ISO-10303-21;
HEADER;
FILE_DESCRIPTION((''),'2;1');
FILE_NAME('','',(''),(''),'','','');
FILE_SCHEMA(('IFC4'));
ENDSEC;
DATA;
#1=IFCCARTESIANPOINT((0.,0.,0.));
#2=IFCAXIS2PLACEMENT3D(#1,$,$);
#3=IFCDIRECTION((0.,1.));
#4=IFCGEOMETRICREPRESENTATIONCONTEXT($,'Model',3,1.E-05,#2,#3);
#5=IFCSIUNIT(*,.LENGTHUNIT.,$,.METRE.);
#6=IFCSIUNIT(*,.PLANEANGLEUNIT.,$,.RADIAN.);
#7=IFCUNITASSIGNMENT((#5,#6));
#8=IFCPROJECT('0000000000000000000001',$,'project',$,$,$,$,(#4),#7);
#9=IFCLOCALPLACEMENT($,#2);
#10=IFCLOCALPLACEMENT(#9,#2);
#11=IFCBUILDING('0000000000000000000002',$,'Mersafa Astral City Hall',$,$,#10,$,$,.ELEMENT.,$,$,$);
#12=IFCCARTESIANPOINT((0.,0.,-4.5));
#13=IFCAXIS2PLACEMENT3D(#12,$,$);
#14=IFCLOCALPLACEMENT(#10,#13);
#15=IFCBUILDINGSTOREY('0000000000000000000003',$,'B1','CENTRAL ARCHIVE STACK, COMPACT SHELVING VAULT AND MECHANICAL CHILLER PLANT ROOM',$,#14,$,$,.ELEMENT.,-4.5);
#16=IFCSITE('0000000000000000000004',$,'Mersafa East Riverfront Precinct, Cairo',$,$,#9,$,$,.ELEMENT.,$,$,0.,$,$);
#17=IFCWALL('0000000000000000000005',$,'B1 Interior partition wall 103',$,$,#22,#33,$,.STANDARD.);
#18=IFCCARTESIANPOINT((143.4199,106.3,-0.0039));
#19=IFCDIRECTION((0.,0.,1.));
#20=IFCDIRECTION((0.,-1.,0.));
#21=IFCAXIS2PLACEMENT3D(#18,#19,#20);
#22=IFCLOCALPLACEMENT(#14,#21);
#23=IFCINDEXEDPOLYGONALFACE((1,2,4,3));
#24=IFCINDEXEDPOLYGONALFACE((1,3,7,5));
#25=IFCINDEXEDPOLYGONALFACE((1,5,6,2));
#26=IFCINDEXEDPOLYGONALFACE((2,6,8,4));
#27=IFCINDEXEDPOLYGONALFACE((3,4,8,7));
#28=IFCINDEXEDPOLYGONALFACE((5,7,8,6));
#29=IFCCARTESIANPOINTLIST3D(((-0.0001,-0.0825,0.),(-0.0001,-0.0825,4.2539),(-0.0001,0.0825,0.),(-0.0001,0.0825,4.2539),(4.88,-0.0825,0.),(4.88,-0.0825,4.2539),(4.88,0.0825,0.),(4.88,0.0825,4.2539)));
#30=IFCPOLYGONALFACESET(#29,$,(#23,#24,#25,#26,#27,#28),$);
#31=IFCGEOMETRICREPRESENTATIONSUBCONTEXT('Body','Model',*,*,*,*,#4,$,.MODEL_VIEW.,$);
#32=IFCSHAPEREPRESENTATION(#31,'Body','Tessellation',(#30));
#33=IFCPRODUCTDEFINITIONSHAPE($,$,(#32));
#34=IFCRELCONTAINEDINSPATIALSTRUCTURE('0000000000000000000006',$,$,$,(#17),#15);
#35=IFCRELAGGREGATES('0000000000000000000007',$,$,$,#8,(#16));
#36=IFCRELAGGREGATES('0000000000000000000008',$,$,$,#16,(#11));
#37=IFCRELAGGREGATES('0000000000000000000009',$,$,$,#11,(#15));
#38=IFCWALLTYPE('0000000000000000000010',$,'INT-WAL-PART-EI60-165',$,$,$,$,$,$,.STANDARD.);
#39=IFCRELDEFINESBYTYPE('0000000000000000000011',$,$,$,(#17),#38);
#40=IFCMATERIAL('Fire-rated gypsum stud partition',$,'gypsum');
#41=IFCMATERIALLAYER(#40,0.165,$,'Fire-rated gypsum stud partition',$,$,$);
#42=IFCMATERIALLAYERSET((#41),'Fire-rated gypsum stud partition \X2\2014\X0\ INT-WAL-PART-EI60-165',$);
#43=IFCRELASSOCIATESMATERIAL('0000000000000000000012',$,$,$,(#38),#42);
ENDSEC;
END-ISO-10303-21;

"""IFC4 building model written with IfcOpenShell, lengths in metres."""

from ifc_helpers import new_model, si_unit, direction, frame, frame_2d, origin, place, context, subcontext, project, spatial, rectangle, extrude, material, layer, layer_set, type_object, element, save


model = new_model("IFC4")

# Units and contexts
model_context = context("Model", 3, precision=1e-05, world=origin(), true_north=direction((0.0, 1.0)))
body_context = subcontext(model_context, "Body", "Model", "MODEL_VIEW")
ifc_project = project(units=[si_unit("LENGTHUNIT", "METRE"), si_unit("PLANEANGLEUNIT", "RADIAN")], contexts=[model_context])

# Site, building, storey
site_placement = place(None, origin())
site = spatial("IfcSite", under=ifc_project, at=site_placement, Name="Mersafa East Riverfront Precinct, Cairo", CompositionType="ELEMENT", RefElevation=0.0)
building_placement = place(site_placement, origin())
building = spatial("IfcBuilding", under=site, at=building_placement, Name="Mersafa Astral City Hall", CompositionType="ELEMENT")
storey_placement = place(building_placement, frame((0.0, 0.0, -4.5)))
storey = spatial("IfcBuildingStorey", under=building, at=storey_placement, Name="B1", Description="CENTRAL ARCHIVE STACK, COMPACT SHELVING VAULT AND MECHANICAL CHILLER PLANT ROOM", CompositionType="ELEMENT", Elevation=-4.5)

# Wall
ifc_material_1 = material(Name="Fire-rated gypsum stud partition", Category="gypsum")
ifc_layer_1 = layer(ifc_material_1, 0.165, Name="Fire-rated gypsum stud partition")
ifc_layer_set_1 = layer_set([ifc_layer_1], Name="Fire-rated gypsum stud partition — INT-WAL-PART-EI60-165")
wall_type_1 = type_object("IfcWallType", Name="INT-WAL-PART-EI60-165", PredefinedType="STANDARD", material=ifc_layer_set_1)
wall_1_placement = place(storey_placement, frame((143.4199, 106.3, -0.0039), z_axis=(0.0, 0.0, 1.0), x_axis=(0.0, -1.0, 0.0)))
element("IfcWall", 1, at=wall_1_placement, inside=storey, type_object=wall_type_1, Name="B1 Interior partition wall 103", PredefinedType="STANDARD", context=body_context, shape_type="SweptSolid", body=[
    extrude(rectangle(XDim=4.8801, YDim=0.165, at=frame_2d((2.4399, 0.0))), origin(), (0.0, 0.0, 1.0), 4.2539),
])

save(model, "model.ifc")
